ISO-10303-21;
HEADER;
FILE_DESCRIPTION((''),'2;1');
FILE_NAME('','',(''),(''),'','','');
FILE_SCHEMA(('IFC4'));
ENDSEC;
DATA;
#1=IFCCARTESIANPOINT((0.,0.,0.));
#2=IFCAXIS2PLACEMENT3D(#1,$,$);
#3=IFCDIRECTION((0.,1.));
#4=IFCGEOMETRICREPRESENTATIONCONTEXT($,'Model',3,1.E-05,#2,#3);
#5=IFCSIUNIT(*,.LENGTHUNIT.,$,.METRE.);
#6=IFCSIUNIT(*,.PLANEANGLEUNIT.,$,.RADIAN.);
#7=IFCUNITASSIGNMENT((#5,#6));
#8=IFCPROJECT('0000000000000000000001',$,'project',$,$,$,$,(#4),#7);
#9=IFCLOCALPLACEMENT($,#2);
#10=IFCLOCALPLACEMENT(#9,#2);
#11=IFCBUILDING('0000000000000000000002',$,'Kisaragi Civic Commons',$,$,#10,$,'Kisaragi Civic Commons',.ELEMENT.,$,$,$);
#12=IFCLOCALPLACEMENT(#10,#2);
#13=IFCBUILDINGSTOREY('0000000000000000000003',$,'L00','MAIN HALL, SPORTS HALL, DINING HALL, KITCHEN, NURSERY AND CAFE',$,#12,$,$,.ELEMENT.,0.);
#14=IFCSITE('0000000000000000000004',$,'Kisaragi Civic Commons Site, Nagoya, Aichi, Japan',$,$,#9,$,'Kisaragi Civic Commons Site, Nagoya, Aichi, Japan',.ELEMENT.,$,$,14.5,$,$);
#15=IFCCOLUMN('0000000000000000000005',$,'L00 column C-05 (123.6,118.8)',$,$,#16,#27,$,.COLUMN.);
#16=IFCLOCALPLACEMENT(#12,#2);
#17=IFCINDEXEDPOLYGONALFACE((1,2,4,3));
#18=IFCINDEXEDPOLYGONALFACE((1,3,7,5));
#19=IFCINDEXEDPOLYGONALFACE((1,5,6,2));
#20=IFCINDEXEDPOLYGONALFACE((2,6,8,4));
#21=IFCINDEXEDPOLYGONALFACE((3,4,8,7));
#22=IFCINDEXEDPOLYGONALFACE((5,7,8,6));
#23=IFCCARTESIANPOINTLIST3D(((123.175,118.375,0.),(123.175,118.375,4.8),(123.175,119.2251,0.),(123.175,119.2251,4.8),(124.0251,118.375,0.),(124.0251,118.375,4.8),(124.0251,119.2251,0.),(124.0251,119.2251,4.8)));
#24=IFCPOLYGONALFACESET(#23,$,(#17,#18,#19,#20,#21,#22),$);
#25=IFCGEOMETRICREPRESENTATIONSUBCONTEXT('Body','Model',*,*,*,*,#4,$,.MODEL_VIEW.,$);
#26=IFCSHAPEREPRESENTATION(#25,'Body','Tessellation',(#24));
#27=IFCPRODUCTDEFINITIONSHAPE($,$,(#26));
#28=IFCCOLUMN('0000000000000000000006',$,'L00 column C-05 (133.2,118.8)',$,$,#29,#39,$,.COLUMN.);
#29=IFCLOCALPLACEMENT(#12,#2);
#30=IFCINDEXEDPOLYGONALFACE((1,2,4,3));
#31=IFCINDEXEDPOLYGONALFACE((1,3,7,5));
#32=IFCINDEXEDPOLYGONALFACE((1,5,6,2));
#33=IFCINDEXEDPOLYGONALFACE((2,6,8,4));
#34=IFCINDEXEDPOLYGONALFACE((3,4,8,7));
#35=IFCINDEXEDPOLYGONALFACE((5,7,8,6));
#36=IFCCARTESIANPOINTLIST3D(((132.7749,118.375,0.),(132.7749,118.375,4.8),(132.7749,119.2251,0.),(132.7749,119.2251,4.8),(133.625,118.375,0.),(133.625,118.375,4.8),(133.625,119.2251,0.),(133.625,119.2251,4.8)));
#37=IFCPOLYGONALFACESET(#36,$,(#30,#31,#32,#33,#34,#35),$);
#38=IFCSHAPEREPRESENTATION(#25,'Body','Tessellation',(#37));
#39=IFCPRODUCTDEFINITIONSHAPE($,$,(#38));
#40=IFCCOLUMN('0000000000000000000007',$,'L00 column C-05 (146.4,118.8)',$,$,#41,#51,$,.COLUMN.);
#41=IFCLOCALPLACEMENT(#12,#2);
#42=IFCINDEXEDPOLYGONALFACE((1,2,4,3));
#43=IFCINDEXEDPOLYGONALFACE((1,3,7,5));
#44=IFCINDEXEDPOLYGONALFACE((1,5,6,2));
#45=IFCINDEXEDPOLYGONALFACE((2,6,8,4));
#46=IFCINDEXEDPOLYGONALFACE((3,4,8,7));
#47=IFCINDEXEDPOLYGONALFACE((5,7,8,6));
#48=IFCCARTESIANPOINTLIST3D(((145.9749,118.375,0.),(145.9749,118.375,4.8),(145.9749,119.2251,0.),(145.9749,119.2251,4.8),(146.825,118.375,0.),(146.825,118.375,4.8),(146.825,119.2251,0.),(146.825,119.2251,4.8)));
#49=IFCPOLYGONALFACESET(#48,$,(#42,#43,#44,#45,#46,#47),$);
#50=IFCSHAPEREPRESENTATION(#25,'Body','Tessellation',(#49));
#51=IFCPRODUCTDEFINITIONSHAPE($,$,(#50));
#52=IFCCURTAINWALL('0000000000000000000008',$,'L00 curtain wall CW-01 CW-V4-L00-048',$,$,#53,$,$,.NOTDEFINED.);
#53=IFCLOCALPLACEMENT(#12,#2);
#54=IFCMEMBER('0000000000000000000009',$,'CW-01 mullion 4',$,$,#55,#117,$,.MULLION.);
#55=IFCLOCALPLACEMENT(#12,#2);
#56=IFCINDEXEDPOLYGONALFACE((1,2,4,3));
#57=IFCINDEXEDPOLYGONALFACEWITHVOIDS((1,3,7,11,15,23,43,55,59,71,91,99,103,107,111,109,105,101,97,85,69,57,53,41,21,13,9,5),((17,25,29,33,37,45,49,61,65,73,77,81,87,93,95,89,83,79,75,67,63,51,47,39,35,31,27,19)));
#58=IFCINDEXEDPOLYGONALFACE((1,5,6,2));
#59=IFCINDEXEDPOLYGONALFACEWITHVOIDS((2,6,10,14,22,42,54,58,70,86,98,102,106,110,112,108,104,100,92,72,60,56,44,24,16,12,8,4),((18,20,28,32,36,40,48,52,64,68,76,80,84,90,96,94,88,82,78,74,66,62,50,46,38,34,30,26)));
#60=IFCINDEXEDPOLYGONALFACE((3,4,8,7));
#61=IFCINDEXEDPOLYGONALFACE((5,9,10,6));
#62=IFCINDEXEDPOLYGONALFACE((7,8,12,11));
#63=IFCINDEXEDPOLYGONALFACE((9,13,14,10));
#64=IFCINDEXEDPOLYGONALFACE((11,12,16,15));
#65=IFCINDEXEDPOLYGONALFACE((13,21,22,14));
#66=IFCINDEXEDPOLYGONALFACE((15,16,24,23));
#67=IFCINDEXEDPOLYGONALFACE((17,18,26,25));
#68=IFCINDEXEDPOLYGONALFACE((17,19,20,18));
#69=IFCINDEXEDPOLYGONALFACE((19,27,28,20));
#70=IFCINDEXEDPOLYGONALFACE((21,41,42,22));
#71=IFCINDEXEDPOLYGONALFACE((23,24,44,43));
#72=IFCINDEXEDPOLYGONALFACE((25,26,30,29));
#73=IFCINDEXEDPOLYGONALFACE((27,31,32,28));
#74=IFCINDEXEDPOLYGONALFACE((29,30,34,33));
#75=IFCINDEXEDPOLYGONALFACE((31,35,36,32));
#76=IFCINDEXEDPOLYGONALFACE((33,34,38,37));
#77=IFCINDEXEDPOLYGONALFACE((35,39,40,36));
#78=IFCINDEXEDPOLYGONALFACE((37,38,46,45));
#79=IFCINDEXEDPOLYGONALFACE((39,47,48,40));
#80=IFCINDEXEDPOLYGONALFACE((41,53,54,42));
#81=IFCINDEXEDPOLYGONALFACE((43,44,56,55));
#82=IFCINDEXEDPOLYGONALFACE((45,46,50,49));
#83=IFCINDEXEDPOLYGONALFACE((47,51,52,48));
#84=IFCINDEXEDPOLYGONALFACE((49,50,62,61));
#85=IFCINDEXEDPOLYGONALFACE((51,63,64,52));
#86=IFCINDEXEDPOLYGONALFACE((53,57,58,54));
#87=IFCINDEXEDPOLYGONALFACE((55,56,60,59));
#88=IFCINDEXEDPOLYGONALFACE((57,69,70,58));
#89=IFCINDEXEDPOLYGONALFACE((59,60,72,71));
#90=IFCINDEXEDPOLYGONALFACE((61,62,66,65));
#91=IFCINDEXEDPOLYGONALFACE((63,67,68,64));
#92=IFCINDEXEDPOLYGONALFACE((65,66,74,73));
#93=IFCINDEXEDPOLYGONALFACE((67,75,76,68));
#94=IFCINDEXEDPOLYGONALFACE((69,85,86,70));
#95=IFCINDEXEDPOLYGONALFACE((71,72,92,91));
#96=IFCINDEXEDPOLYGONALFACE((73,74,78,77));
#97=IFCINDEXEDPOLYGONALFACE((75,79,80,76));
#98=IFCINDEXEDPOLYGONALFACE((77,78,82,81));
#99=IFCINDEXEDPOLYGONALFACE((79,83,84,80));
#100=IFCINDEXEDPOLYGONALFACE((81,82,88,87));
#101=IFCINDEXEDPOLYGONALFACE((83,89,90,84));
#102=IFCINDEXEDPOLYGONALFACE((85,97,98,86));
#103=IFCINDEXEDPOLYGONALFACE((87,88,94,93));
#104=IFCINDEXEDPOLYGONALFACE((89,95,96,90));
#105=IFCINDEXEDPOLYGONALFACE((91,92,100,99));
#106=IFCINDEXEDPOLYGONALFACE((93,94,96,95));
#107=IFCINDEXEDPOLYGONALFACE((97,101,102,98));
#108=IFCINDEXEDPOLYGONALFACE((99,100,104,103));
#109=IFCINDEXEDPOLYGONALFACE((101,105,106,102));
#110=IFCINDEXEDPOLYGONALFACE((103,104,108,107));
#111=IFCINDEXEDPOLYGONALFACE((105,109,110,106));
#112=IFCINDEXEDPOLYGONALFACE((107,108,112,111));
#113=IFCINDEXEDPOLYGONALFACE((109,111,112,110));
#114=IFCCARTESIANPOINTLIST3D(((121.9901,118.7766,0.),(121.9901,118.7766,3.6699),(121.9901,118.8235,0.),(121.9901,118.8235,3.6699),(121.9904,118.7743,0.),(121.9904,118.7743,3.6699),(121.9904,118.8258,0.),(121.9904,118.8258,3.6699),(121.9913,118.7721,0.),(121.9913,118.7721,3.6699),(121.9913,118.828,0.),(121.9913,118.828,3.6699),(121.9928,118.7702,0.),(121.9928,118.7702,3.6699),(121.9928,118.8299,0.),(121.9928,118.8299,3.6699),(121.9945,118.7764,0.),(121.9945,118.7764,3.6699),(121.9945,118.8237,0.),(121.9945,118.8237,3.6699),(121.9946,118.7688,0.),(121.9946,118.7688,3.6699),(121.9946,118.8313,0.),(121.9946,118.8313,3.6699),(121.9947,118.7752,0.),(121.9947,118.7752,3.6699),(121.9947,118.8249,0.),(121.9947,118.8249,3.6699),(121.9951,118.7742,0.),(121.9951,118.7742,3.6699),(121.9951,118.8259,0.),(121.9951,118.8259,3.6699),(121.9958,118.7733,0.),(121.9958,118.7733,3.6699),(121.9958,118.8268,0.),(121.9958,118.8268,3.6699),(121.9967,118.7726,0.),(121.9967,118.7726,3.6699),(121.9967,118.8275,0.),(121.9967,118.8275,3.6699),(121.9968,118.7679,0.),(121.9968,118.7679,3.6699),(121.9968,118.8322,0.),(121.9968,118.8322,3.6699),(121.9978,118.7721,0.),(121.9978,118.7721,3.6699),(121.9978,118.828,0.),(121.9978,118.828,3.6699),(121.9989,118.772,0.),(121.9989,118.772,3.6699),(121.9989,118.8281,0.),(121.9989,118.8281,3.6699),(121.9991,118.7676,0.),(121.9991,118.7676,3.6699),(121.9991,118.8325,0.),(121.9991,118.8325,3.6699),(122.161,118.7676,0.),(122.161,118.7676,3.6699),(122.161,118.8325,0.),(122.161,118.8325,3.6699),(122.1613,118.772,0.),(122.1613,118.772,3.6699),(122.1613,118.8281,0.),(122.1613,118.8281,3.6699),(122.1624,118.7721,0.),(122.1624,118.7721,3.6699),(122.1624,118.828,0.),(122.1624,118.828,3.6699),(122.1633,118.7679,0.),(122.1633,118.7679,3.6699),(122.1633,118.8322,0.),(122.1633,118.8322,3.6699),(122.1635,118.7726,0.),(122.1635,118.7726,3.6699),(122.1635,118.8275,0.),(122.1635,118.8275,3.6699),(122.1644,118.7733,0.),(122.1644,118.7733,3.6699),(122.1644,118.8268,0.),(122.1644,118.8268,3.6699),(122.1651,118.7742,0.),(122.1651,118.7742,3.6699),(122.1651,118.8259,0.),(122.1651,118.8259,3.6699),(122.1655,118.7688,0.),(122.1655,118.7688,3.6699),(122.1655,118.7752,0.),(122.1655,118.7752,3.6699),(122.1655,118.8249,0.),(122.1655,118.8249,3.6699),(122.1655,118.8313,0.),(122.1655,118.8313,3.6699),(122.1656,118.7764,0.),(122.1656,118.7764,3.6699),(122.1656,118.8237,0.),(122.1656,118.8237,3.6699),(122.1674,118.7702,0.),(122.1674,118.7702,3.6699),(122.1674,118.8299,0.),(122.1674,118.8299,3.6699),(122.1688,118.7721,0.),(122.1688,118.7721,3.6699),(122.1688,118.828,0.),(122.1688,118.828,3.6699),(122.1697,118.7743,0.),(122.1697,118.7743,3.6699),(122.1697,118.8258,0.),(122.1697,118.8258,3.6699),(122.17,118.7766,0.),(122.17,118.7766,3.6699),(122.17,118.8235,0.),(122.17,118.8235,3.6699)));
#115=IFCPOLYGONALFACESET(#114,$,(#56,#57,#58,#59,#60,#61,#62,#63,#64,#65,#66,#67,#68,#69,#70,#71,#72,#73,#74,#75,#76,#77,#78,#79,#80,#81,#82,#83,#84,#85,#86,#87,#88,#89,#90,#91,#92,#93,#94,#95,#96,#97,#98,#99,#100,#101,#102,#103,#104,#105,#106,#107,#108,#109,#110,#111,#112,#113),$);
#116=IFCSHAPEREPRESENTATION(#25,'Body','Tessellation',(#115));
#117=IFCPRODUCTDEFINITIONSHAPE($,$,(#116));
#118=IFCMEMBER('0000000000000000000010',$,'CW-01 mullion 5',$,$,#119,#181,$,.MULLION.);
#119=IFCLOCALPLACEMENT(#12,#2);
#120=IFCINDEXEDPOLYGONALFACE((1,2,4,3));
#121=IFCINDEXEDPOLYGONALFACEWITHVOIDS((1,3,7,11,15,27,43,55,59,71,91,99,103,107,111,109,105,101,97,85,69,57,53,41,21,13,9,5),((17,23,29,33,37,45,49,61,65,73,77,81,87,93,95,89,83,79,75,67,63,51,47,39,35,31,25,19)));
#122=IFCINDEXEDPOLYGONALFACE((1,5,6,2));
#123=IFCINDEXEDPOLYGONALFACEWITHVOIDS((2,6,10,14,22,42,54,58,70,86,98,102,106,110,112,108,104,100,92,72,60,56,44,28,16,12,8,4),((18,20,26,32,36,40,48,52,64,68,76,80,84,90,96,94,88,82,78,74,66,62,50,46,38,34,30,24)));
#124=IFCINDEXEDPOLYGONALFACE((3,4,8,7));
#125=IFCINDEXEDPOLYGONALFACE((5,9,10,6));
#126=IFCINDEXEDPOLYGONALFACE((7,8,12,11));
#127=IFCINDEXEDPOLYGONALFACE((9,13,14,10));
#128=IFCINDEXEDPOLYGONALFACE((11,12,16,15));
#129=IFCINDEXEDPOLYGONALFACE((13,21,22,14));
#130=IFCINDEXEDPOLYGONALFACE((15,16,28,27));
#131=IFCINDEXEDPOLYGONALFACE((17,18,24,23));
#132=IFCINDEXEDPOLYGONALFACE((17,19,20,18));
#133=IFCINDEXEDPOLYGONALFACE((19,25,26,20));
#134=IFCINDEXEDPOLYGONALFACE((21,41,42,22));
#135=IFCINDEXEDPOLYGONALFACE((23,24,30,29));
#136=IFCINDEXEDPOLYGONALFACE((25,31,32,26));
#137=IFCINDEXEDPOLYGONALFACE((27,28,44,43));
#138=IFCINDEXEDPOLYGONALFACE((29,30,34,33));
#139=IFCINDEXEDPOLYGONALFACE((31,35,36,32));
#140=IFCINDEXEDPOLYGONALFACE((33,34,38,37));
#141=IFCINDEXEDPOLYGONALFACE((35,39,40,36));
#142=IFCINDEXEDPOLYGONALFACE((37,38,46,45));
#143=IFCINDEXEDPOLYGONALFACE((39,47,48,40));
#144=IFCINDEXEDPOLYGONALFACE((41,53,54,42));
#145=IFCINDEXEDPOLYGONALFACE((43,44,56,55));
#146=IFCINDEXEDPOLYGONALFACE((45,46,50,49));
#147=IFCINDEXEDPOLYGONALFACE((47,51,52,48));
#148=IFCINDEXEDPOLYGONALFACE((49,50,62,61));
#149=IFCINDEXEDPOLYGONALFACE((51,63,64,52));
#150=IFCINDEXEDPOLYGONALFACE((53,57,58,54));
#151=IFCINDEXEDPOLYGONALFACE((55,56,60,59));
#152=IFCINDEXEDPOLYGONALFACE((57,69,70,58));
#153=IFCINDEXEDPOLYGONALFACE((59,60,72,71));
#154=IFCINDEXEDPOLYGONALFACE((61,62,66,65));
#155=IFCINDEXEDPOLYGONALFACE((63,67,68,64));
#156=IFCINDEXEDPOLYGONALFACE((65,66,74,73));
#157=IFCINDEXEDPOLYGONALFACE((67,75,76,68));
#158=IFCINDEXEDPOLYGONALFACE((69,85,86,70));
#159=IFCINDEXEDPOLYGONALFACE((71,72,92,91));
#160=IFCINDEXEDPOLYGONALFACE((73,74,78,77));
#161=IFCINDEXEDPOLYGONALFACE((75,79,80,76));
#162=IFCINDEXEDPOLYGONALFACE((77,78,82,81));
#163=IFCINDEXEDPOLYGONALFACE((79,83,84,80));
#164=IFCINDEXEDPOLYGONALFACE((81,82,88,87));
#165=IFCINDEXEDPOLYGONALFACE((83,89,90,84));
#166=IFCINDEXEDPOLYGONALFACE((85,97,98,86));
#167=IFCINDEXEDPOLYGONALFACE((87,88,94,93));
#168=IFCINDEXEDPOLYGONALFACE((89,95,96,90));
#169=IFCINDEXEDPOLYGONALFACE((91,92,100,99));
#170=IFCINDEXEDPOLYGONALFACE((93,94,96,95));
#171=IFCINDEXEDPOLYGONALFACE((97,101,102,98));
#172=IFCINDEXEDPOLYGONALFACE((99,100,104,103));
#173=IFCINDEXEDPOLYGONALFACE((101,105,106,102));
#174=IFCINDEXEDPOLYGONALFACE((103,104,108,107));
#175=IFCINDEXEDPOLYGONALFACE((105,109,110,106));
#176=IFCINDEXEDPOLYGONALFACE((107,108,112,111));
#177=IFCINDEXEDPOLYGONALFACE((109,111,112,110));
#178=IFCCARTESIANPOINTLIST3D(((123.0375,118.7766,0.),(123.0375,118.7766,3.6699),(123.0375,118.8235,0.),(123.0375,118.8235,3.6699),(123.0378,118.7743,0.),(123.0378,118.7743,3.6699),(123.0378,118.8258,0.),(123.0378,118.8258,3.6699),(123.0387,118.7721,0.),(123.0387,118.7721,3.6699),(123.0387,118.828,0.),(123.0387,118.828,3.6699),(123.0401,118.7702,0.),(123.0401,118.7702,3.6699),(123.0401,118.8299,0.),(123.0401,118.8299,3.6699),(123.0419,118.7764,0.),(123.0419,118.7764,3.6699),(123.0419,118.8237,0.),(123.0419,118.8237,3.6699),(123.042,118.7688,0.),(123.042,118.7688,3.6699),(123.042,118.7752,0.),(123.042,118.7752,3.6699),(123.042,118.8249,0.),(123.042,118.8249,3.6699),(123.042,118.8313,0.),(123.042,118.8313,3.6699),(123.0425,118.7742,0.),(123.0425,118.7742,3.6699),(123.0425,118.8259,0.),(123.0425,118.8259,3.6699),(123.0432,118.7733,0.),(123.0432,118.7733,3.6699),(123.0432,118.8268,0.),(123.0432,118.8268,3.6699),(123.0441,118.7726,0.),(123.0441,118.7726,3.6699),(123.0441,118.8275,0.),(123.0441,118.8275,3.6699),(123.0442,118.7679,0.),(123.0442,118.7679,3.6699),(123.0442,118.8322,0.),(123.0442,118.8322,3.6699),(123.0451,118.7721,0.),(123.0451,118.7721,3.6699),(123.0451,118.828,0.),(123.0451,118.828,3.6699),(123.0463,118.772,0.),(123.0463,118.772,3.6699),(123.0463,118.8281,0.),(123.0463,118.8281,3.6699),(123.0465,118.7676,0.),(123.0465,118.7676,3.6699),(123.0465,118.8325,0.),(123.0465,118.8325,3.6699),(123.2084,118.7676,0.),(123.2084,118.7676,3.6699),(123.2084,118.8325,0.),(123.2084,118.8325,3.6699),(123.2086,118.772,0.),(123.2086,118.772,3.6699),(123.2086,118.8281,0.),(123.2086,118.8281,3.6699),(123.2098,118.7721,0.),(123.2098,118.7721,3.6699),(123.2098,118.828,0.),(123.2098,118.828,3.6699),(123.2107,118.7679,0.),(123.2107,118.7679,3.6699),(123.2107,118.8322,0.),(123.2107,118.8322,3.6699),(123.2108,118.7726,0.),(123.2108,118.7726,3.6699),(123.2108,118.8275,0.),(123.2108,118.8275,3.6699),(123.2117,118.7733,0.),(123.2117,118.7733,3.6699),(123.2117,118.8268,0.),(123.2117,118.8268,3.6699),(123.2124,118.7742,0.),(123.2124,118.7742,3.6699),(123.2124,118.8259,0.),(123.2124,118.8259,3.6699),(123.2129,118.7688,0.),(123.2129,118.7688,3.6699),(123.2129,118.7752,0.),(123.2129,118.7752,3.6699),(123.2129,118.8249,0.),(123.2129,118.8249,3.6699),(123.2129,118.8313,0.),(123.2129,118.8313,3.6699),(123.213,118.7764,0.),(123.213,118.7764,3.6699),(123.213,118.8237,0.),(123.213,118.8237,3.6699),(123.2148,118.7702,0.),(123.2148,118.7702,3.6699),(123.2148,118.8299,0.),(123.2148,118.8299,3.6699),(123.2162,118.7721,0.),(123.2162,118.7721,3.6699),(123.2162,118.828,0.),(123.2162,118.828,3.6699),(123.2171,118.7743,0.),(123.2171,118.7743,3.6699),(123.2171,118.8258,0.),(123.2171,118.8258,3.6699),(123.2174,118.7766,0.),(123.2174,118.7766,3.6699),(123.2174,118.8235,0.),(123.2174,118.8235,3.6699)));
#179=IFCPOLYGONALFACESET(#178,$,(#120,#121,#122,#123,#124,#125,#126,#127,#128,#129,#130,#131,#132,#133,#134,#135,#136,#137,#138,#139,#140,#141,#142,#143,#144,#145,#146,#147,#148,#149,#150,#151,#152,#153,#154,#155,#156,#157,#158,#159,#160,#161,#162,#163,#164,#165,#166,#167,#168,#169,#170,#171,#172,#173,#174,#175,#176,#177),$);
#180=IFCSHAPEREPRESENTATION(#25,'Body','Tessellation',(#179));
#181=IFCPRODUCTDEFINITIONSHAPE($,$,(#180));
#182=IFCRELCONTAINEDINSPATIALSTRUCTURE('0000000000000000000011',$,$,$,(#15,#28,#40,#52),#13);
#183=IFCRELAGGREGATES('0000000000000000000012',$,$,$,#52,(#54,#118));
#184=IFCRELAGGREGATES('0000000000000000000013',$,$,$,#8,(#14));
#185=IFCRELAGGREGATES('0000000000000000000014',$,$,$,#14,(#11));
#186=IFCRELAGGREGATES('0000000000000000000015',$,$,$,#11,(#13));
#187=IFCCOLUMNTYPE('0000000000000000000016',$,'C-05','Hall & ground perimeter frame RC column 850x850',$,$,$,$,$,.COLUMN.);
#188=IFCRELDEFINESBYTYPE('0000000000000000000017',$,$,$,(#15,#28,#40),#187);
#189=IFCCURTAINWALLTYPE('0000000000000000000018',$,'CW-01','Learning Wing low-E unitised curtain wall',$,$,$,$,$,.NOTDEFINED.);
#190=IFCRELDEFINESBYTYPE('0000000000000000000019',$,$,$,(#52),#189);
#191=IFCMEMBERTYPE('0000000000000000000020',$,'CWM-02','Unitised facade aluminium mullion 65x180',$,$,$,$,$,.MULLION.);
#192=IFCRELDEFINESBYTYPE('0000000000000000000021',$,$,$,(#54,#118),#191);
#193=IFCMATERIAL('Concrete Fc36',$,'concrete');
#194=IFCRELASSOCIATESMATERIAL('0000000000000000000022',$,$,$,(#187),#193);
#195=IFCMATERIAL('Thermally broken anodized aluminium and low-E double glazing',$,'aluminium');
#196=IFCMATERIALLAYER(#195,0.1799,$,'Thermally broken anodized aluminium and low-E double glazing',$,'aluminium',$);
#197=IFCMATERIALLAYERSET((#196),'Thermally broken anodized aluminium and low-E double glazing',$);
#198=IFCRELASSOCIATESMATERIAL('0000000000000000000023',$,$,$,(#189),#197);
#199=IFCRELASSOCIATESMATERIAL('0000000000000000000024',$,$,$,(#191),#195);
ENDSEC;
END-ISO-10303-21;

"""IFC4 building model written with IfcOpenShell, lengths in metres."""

from ifc_helpers import new_model, si_unit, direction, frame, origin, origin_2d, place, context, subcontext, project, spatial, rectangle, hollow_rectangle, extrude, material, layer, layer_set, material_profile, profile_set, type_object, element, aggregate, save


model = new_model("IFC4")

# Units and contexts
model_context = context("Model", 3, precision=1e-05, world=origin(), true_north=direction((0.0, 1.0)))
body_context = subcontext(model_context, "Body", "Model", "MODEL_VIEW")
ifc_project = project(units=[si_unit("LENGTHUNIT", "METRE"), si_unit("PLANEANGLEUNIT", "RADIAN")], contexts=[model_context])

# Site, building, storey
site_placement = place(None, origin())
site = spatial("IfcSite", under=ifc_project, at=site_placement, Name="Kisaragi Civic Commons Site, Nagoya, Aichi, Japan", LongName="Kisaragi Civic Commons Site, Nagoya, Aichi, Japan", CompositionType="ELEMENT", RefElevation=14.5)
building_placement = place(site_placement, origin())
building = spatial("IfcBuilding", under=site, at=building_placement, Name="Kisaragi Civic Commons", LongName="Kisaragi Civic Commons", CompositionType="ELEMENT")
storey_placement = place(building_placement, origin())
storey = spatial("IfcBuildingStorey", under=building, at=storey_placement, Name="L00", Description="MAIN HALL, SPORTS HALL, DINING HALL, KITCHEN, NURSERY AND CAFE", CompositionType="ELEMENT", Elevation=0.0)

# Columns
ifc_material_1 = material(Name="Concrete Fc36", Category="concrete")
ifc_material_profile_1 = material_profile(ifc_material_1, rectangle(XDim=0.8501, YDim=0.8501, at=origin_2d()), Name="RC-850x850", Category="concrete")
ifc_profile_set_1 = profile_set([ifc_material_profile_1], Name="Concrete Fc36")
column_type = type_object("IfcColumnType", Name="C-05", Description="Hall & ground perimeter frame RC column 850x850", PredefinedType="COLUMN", material=ifc_profile_set_1)
for number, where, z_axis, x_axis, name in (
    (1, (123.6001, 118.8, 0.0), (0.0, 0.0, 1.0), (1.0, 0.0, 0.0), "L00 column C-05 (123.6,118.8)"),
    (2, (133.2, 118.8, 0.0), (0.0, 0.0, 1.0), (1.0, 0.0, 0.0), "L00 column C-05 (133.2,118.8)"),
    (3, (146.3999, 118.8, 0.0), (0.0, 0.0, 1.0), (1.0, 0.0, 0.0), "L00 column C-05 (146.4,118.8)"),
):
    element("IfcColumn", number, at=place(storey_placement, frame(where, z_axis=z_axis, x_axis=x_axis)), inside=storey, type_object=column_type, Name=name, PredefinedType="COLUMN", context=body_context, shape_type="SweptSolid", body=[
        extrude(rectangle(XDim=0.8501, YDim=0.8501, at=origin_2d()), origin(), (0.0, 0.0, 1.0), 4.8),
    ])

# Curtain wall, members
ifc_material_2 = material(Name="Thermally broken anodized aluminium and low-E double glazing", Category="aluminium")
ifc_layer_1 = layer(ifc_material_2, 0.1799, Name="Thermally broken anodized aluminium and low-E double glazing", Category="aluminium")
ifc_layer_set_1 = layer_set([ifc_layer_1], Name="Thermally broken anodized aluminium and low-E double glazing")
curtain_wall_type = type_object("IfcCurtainWallType", Name="CW-01", Description="Learning Wing low-E unitised curtain wall", PredefinedType="NOTDEFINED", material=ifc_layer_set_1)
curtain_wall_placement = place(storey_placement, origin())
curtain_wall = element("IfcCurtainWall", 4, at=curtain_wall_placement, inside=storey, type_object=curtain_wall_type, Name="L00 curtain wall CW-01 CW-V4-L00-048", PredefinedType="NOTDEFINED")
ifc_material_profile_2 = material_profile(ifc_material_2, hollow_rectangle(XDim=0.0649, YDim=0.1799, WallThickness=0.0044, InnerFilletRadius=0.0044, OuterFilletRadius=0.009, at=origin_2d()), Name="CWM-65x180x4.5", Category="aluminium")
ifc_profile_set_2 = profile_set([ifc_material_profile_2], Name="Thermally broken anodized aluminium and low-E double glazing")
member_type_1 = type_object("IfcMemberType", Name="CWM-02", Description="Unitised facade aluminium mullion 65x180", PredefinedType="MULLION", material=ifc_profile_set_2)
member_1_placement = place(storey_placement, frame((122.0801, 118.8, 0.0), z_axis=(0.0, 0.0, 1.0), x_axis=(0.0, 1.0, 0.0)))
member_1 = element("IfcMember", 5, at=member_1_placement, type_object=member_type_1, Name="CW-01 mullion 4", PredefinedType="MULLION", context=body_context, shape_type="SweptSolid", body=[
    extrude(hollow_rectangle(XDim=0.0649, YDim=0.1799, WallThickness=0.0044, InnerFilletRadius=0.0044, OuterFilletRadius=0.009, at=origin_2d()), origin(), (0.0, 0.0, 1.0), 3.6699),
])
member_2_placement = place(storey_placement, frame((123.1274, 118.8, 0.0), z_axis=(0.0, 0.0, 1.0), x_axis=(0.0, 1.0, 0.0)))
member_2 = element("IfcMember", 6, at=member_2_placement, type_object=member_type_1, Name="CW-01 mullion 5", PredefinedType="MULLION", context=body_context, shape_type="SweptSolid", body=[
    extrude(hollow_rectangle(XDim=0.0649, YDim=0.1799, WallThickness=0.0044, InnerFilletRadius=0.0044, OuterFilletRadius=0.009, at=origin_2d()), origin(), (0.0, 0.0, 1.0), 3.6699),
])

aggregate(curtain_wall, [member_1, member_2])

save(model, "model.ifc")
